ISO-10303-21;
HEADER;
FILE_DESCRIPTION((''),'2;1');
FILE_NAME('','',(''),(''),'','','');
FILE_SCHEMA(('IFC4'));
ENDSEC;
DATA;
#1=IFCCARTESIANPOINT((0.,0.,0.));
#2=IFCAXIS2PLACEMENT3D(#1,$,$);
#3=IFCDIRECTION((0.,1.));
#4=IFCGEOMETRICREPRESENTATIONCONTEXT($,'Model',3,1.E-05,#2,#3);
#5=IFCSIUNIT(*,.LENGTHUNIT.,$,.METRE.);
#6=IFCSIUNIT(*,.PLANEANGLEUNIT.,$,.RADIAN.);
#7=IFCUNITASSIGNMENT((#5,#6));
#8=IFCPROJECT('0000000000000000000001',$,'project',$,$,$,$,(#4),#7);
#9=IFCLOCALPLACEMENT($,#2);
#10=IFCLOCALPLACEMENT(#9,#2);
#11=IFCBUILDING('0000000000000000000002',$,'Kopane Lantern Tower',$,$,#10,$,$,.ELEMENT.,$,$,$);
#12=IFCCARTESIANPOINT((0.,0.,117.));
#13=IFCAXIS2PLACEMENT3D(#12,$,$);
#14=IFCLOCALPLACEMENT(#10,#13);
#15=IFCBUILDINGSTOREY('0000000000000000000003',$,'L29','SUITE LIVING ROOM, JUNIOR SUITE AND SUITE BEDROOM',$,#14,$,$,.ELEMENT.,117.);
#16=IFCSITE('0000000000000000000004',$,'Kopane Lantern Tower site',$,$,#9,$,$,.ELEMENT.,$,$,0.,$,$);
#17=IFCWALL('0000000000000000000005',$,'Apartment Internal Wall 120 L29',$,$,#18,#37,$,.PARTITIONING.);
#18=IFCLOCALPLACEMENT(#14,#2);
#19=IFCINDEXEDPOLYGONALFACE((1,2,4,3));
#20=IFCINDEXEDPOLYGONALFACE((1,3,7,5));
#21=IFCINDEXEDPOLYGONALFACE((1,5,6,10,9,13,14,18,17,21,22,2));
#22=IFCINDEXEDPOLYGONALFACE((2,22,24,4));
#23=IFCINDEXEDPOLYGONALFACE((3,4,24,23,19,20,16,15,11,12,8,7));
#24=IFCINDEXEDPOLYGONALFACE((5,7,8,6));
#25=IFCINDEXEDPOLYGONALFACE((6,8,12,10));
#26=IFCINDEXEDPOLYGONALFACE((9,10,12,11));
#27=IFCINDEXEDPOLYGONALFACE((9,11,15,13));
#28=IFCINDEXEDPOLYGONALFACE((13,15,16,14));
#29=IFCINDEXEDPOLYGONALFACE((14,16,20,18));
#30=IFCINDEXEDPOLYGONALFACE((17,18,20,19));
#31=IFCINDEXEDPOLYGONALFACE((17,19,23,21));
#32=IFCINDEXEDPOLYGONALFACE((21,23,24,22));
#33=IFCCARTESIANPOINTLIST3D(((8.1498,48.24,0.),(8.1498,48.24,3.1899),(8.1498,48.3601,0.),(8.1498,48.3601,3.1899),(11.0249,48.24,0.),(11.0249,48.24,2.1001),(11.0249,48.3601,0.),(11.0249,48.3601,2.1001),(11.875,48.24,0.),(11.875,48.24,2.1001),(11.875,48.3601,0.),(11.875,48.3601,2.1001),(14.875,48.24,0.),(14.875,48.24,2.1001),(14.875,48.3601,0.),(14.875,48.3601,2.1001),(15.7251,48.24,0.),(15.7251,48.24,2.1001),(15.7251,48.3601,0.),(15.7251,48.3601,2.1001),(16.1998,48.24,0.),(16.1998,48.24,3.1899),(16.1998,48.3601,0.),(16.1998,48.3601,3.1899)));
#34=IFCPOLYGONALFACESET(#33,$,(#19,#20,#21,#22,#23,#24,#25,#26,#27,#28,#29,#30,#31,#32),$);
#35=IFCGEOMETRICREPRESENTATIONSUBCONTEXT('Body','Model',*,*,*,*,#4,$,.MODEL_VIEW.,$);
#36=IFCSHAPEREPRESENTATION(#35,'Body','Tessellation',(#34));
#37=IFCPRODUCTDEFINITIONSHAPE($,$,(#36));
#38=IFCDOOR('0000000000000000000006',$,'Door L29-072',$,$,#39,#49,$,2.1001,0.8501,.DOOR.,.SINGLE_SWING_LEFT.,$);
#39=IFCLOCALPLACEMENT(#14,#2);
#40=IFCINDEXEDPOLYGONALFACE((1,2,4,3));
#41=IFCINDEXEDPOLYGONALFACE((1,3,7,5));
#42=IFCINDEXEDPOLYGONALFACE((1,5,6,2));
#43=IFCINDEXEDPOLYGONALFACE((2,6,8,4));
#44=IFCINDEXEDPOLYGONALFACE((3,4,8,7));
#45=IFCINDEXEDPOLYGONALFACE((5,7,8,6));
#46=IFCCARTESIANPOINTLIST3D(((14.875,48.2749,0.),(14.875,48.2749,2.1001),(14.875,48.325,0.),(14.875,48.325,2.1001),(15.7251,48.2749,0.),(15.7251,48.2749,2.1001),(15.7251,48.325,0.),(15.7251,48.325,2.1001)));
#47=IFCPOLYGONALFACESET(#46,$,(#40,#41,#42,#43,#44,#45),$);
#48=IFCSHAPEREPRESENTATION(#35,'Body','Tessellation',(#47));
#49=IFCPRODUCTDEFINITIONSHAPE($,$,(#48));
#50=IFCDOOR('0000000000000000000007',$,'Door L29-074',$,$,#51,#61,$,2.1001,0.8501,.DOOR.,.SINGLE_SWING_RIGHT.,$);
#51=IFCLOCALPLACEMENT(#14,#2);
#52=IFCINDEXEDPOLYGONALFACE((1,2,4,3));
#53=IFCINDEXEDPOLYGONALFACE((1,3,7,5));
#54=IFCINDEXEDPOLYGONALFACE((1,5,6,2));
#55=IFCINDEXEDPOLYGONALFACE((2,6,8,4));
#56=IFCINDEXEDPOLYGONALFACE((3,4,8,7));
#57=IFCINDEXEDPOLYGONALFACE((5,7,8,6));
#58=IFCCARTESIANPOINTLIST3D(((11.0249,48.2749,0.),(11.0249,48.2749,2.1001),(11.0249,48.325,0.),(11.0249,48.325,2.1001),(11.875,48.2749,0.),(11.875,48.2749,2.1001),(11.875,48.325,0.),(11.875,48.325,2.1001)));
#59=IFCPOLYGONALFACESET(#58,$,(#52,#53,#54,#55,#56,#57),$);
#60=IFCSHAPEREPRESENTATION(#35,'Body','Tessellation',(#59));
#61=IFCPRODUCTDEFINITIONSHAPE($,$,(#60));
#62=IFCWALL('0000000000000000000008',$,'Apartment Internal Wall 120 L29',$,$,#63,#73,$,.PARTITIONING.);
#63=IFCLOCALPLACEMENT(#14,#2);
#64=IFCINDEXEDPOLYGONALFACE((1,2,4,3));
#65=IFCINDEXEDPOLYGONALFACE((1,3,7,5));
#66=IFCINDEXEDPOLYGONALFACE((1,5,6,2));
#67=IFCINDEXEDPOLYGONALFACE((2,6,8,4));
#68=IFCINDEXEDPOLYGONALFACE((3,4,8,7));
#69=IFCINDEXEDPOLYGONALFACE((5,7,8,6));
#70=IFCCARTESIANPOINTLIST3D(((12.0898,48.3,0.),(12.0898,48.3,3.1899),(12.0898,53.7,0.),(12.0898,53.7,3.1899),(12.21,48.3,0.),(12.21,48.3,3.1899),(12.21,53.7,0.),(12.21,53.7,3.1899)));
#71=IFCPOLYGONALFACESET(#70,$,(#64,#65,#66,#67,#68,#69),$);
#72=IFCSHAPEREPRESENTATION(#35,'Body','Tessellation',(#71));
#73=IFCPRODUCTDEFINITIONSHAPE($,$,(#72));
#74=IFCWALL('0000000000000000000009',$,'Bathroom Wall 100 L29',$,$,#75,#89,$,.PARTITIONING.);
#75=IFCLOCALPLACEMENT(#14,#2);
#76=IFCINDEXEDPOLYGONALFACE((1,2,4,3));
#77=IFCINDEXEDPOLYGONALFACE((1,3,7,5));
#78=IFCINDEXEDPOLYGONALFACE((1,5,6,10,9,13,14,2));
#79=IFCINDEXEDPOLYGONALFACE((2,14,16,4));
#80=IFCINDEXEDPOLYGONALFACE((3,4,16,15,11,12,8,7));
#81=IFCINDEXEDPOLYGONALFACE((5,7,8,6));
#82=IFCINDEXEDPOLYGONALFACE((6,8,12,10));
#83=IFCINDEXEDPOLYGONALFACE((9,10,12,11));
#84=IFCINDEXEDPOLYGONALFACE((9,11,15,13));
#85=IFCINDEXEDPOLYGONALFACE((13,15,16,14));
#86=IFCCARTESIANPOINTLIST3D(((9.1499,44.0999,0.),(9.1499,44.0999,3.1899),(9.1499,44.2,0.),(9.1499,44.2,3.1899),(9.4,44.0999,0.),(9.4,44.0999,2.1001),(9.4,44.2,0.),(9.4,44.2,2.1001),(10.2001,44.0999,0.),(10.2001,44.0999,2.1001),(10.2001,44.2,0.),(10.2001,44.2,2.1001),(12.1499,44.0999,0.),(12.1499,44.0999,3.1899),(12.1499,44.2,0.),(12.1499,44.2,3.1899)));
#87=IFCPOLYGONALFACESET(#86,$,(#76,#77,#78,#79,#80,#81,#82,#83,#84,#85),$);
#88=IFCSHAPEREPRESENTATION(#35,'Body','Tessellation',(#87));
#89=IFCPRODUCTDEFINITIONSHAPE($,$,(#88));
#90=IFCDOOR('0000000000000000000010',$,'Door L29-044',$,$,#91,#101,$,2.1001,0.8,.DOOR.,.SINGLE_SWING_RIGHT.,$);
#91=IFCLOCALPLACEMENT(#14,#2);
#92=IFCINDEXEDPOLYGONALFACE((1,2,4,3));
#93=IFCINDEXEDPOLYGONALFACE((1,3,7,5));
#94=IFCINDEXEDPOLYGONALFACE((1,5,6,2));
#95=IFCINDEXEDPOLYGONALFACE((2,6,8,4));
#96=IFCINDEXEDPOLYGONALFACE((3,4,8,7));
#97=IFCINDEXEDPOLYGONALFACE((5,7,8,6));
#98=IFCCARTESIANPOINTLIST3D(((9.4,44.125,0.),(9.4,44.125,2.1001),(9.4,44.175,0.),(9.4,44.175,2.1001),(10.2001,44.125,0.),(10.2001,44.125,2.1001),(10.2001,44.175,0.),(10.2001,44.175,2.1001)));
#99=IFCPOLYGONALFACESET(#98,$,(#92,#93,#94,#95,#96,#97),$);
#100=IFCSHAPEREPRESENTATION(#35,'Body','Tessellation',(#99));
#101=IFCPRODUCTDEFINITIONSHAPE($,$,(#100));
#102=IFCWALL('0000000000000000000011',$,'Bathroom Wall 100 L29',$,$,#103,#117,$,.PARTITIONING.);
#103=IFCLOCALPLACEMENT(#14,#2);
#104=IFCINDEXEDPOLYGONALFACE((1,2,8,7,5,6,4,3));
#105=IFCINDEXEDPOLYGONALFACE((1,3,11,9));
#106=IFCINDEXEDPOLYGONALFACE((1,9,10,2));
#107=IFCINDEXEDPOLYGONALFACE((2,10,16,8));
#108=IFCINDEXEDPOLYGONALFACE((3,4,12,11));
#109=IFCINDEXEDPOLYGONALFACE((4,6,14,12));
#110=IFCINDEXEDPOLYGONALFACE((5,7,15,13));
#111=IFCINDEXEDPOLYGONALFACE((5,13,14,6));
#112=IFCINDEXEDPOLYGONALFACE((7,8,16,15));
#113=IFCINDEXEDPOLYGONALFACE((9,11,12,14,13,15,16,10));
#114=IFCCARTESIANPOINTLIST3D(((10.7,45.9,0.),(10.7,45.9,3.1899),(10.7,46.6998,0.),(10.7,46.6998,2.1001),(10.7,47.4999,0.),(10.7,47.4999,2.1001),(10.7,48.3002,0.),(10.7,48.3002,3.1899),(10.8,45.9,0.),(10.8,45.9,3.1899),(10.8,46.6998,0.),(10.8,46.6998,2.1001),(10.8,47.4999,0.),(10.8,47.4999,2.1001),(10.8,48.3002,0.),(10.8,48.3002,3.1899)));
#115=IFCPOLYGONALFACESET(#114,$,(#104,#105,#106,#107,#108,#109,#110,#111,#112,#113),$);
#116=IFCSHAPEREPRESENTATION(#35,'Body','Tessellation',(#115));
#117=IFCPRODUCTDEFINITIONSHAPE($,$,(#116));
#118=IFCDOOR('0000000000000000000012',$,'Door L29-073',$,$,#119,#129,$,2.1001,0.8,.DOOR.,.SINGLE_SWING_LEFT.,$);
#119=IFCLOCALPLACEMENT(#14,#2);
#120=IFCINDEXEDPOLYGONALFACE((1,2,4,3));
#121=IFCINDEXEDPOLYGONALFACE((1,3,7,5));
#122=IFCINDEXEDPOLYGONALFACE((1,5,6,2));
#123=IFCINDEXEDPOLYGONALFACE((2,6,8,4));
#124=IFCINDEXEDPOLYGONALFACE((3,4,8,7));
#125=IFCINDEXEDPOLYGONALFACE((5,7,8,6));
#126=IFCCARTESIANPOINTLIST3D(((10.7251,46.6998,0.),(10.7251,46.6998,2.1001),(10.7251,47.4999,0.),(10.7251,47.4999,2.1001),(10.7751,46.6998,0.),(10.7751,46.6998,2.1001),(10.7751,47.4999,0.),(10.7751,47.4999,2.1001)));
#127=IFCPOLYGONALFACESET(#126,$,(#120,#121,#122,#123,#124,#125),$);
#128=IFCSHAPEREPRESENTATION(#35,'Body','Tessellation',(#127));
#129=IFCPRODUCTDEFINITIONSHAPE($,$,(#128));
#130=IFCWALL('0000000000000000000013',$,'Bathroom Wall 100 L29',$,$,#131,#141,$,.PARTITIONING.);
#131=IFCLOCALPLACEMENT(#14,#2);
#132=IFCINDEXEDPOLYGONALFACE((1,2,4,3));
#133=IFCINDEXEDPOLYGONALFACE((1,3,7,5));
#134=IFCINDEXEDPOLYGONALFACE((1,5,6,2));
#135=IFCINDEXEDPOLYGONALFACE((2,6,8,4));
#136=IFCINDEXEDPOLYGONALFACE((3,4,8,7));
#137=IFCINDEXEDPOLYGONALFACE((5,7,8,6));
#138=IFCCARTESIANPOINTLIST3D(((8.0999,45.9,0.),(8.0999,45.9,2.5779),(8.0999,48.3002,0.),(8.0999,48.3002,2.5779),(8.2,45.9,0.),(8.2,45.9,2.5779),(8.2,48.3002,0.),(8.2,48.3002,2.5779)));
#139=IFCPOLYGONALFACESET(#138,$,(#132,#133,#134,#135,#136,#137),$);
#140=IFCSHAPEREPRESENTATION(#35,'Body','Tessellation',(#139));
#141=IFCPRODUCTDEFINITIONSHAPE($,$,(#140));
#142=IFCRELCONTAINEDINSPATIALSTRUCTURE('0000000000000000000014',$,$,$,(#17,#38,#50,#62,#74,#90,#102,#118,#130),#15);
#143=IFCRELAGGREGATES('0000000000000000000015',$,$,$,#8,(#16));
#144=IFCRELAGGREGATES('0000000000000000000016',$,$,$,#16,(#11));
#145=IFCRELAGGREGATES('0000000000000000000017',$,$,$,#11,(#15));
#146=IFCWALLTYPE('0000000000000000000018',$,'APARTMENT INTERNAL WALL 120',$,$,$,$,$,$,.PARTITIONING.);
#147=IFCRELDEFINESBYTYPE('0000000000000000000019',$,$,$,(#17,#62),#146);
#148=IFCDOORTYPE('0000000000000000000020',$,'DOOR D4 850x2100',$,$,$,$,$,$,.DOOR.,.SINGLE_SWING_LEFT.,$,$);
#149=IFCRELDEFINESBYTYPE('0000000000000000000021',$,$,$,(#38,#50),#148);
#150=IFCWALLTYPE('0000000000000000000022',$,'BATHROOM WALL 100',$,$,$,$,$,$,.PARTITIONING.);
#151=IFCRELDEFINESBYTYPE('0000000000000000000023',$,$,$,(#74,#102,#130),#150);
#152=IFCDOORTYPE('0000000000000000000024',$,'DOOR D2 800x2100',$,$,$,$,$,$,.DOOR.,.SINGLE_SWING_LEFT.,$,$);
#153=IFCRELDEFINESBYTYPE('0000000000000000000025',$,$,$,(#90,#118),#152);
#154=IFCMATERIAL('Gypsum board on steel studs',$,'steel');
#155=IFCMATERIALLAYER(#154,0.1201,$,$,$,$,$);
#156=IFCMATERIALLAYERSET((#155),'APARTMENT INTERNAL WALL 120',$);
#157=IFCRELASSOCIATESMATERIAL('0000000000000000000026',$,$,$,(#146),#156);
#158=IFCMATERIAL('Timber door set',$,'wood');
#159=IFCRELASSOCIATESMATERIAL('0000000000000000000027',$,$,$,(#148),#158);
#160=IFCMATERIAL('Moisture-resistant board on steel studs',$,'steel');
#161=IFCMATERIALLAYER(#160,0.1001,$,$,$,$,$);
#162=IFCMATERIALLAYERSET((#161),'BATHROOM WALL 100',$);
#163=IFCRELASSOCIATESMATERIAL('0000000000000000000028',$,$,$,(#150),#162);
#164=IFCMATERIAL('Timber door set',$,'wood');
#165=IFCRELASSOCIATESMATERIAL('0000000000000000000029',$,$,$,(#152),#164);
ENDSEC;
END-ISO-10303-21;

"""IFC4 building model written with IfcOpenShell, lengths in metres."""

from ifc_helpers import new_model, si_unit, direction, frame, frame_2d, origin, place, context, subcontext, project, spatial, rectangle, extrude, material, layer, layer_set, type_object, element, fill, save


model = new_model("IFC4")

# Units and contexts
model_context = context("Model", 3, precision=1e-05, world=origin(), true_north=direction((0.0, 1.0)))
body_context = subcontext(model_context, "Body", "Model", "MODEL_VIEW")
ifc_project = project(units=[si_unit("LENGTHUNIT", "METRE"), si_unit("PLANEANGLEUNIT", "RADIAN")], contexts=[model_context])

# Site, building, storey
site_placement = place(None, origin())
site = spatial("IfcSite", under=ifc_project, at=site_placement, Name="Kopane Lantern Tower site", CompositionType="ELEMENT", RefElevation=0.0)
building_placement = place(site_placement, origin())
building = spatial("IfcBuilding", under=site, at=building_placement, Name="Kopane Lantern Tower", CompositionType="ELEMENT")
storey_placement = place(building_placement, frame((0.0, 0.0, 117.0)))
storey = spatial("IfcBuildingStorey", under=building, at=storey_placement, Name="L29", Description="SUITE LIVING ROOM, JUNIOR SUITE AND SUITE BEDROOM", CompositionType="ELEMENT", Elevation=117.0)

# Wall, openings, doors
ifc_material_1 = material(Name="Gypsum board on steel studs", Category="steel")
ifc_layer_1 = layer(ifc_material_1, 0.1201)
ifc_layer_set_1 = layer_set([ifc_layer_1], Name="APARTMENT INTERNAL WALL 120")
wall_type_1 = type_object("IfcWallType", Name="APARTMENT INTERNAL WALL 120", PredefinedType="PARTITIONING", material=ifc_layer_set_1)
wall_1_placement = place(storey_placement, frame((8.1499, 48.3, 0.0), z_axis=(0.0, 0.0, 1.0), x_axis=(1.0, 0.0, 0.0)))
wall_1 = element("IfcWall", 1, at=wall_1_placement, inside=storey, type_object=wall_type_1, Name="Apartment Internal Wall 120 L29", PredefinedType="PARTITIONING", context=body_context, shape_type="SweptSolid", body=[
    extrude(rectangle(XDim=8.05, YDim=0.1201, at=frame_2d((4.0249, 0.0))), origin(), (0.0, 0.0, 1.0), 3.1899),
])
opening_1_placement = place(wall_1_placement, frame((6.7251, 0.0, 0.0)))
opening_1 = element("IfcOpeningElement", 2, at=opening_1_placement, cuts=wall_1, PredefinedType="OPENING", context=body_context, shape_type="SweptSolid", body=[
    extrude(rectangle(XDim=0.8501, YDim=2.1001, at=frame_2d((0.425, 1.05))), frame((0.0, 0.0701, 0.0), z_axis=(0.0, -1.0, 0.0), x_axis=(1.0, 0.0, 0.0)), (0.0, 0.0, 1.0), 0.1401),
])
opening_2_placement = place(wall_1_placement, frame((2.875, 0.0, 0.0)))
opening_2 = element("IfcOpeningElement", 3, at=opening_2_placement, cuts=wall_1, PredefinedType="OPENING", context=body_context, shape_type="SweptSolid", body=[
    extrude(rectangle(XDim=0.8501, YDim=2.1001, at=frame_2d((0.425, 1.05))), frame((0.0, 0.0701, 0.0), z_axis=(0.0, -1.0, 0.0), x_axis=(1.0, 0.0, 0.0)), (0.0, 0.0, 1.0), 0.1401),
])
ifc_material_2 = material(Name="Timber door set", Category="wood")
door_type_1 = type_object("IfcDoorType", Name="DOOR D4 850x2100", OperationType="SINGLE_SWING_LEFT", PredefinedType="DOOR", material=ifc_material_2)
door_1_placement = place(opening_1_placement, origin())
door_1 = element("IfcDoor", 4, at=door_1_placement, inside=storey, type_object=door_type_1, Name="Door L29-072", OperationType="SINGLE_SWING_LEFT", OverallHeight=2.1001, OverallWidth=0.8501, PredefinedType="DOOR", context=body_context, shape_type="SweptSolid", body=[
    extrude(rectangle(XDim=0.8501, YDim=2.1001, at=frame_2d((0.425, 1.05))), frame((0.0, 0.0249, 0.0), z_axis=(0.0, -1.0, 0.0), x_axis=(1.0, 0.0, 0.0)), (0.0, 0.0, 1.0), 0.05),
])
fill(opening_1, door_1)
door_2_placement = place(opening_2_placement, origin())
door_2 = element("IfcDoor", 5, at=door_2_placement, inside=storey, type_object=door_type_1, Name="Door L29-074", OperationType="SINGLE_SWING_RIGHT", OverallHeight=2.1001, OverallWidth=0.8501, PredefinedType="DOOR", context=body_context, shape_type="SweptSolid", body=[
    extrude(rectangle(XDim=0.8501, YDim=2.1001, at=frame_2d((0.425, 1.05))), frame((0.0, 0.0249, 0.0), z_axis=(0.0, -1.0, 0.0), x_axis=(1.0, 0.0, 0.0)), (0.0, 0.0, 1.0), 0.05),
])
fill(opening_2, door_2)

# Wall
wall_2_placement = place(storey_placement, frame((12.1499, 48.3, 0.0), z_axis=(0.0, 0.0, 1.0), x_axis=(0.0, 1.0, 0.0)))
element("IfcWall", 6, at=wall_2_placement, inside=storey, type_object=wall_type_1, Name="Apartment Internal Wall 120 L29", PredefinedType="PARTITIONING", context=body_context, shape_type="SweptSolid", body=[
    extrude(rectangle(XDim=5.3999, YDim=0.1201, at=frame_2d((2.7, 0.0))), origin(), (0.0, 0.0, 1.0), 3.1899),
])

# Walls, openings, doors
ifc_material_3 = material(Name="Moisture-resistant board on steel studs", Category="steel")
ifc_layer_2 = layer(ifc_material_3, 0.1001)
ifc_layer_set_2 = layer_set([ifc_layer_2], Name="BATHROOM WALL 100")
wall_type_2 = type_object("IfcWallType", Name="BATHROOM WALL 100", PredefinedType="PARTITIONING", material=ifc_layer_set_2)
wall_3_placement = place(storey_placement, frame((12.1499, 44.1499, 0.0), z_axis=(0.0, 0.0, 1.0), x_axis=(-1.0, 0.0, 0.0)))
wall_3 = element("IfcWall", 7, at=wall_3_placement, inside=storey, type_object=wall_type_2, Name="Bathroom Wall 100 L29", PredefinedType="PARTITIONING", context=body_context, shape_type="SweptSolid", body=[
    extrude(rectangle(XDim=3.0, YDim=0.1001, at=frame_2d((1.5, 0.0))), origin(), (0.0, 0.0, 1.0), 3.1899),
])
opening_3_placement = place(wall_3_placement, frame((1.95, 0.0, 0.0)))
opening_3 = element("IfcOpeningElement", 8, at=opening_3_placement, cuts=wall_3, PredefinedType="OPENING", context=body_context, shape_type="SweptSolid", body=[
    extrude(rectangle(XDim=0.8, YDim=2.1001, at=frame_2d((0.3999, 1.05))), frame((0.0, 0.0601, 0.0), z_axis=(0.0, -1.0, 0.0), x_axis=(1.0, 0.0, 0.0)), (0.0, 0.0, 1.0), 0.1201),
])
ifc_material_4 = material(Name="Timber door set", Category="wood")
door_type_2 = type_object("IfcDoorType", Name="DOOR D2 800x2100", OperationType="SINGLE_SWING_LEFT", PredefinedType="DOOR", material=ifc_material_4)
door_3_placement = place(opening_3_placement, origin())
door_3 = element("IfcDoor", 9, at=door_3_placement, inside=storey, type_object=door_type_2, Name="Door L29-044", OperationType="SINGLE_SWING_RIGHT", OverallHeight=2.1001, OverallWidth=0.8, PredefinedType="DOOR", context=body_context, shape_type="SweptSolid", body=[
    extrude(rectangle(XDim=0.8, YDim=2.1001, at=frame_2d((0.3999, 1.05))), frame((0.0, 0.0249, 0.0), z_axis=(0.0, -1.0, 0.0), x_axis=(1.0, 0.0, 0.0)), (0.0, 0.0, 1.0), 0.05),
])
fill(opening_3, door_3)
wall_4_placement = place(storey_placement, frame((10.75, 45.8999, 0.0), z_axis=(0.0, 0.0, 1.0), x_axis=(0.0, 1.0, 0.0)))
wall_4 = element("IfcWall", 10, at=wall_4_placement, inside=storey, type_object=wall_type_2, Name="Bathroom Wall 100 L29", PredefinedType="PARTITIONING", context=body_context, shape_type="SweptSolid", body=[
    extrude(rectangle(XDim=2.4001, YDim=0.1001, at=frame_2d((1.2002, 0.0))), origin(), (0.0, 0.0, 1.0), 3.1899),
])
opening_4_placement = place(wall_4_placement, frame((0.8, 0.0, 0.0)))
opening_4 = element("IfcOpeningElement", 11, at=opening_4_placement, cuts=wall_4, PredefinedType="OPENING", context=body_context, shape_type="SweptSolid", body=[
    extrude(rectangle(XDim=0.8, YDim=2.1001, at=frame_2d((0.3999, 1.05))), frame((0.0, 0.0601, 0.0), z_axis=(0.0, -1.0, 0.0), x_axis=(1.0, 0.0, 0.0)), (0.0, 0.0, 1.0), 0.1201),
])
door_4_placement = place(opening_4_placement, origin())
door_4 = element("IfcDoor", 12, at=door_4_placement, inside=storey, type_object=door_type_2, Name="Door L29-073", OperationType="SINGLE_SWING_LEFT", OverallHeight=2.1001, OverallWidth=0.8, PredefinedType="DOOR", context=body_context, shape_type="SweptSolid", body=[
    extrude(rectangle(XDim=0.8, YDim=2.1001, at=frame_2d((0.3999, 1.05))), frame((0.0, 0.0249, 0.0), z_axis=(0.0, -1.0, 0.0), x_axis=(1.0, 0.0, 0.0)), (0.0, 0.0, 1.0), 0.05),
])
fill(opening_4, door_4)

# Wall
wall_5_placement = place(storey_placement, frame((8.1499, 45.8999, 0.0), z_axis=(0.0, 0.0, 1.0), x_axis=(0.0, 1.0, 0.0)))
element("IfcWall", 13, at=wall_5_placement, inside=storey, type_object=wall_type_2, Name="Bathroom Wall 100 L29", PredefinedType="PARTITIONING", context=body_context, shape_type="SweptSolid", body=[
    extrude(rectangle(XDim=2.4001, YDim=0.1001, at=frame_2d((1.2002, 0.0))), origin(), (0.0, 0.0, 1.0), 2.5779),
])

save(model, "model.ifc")
